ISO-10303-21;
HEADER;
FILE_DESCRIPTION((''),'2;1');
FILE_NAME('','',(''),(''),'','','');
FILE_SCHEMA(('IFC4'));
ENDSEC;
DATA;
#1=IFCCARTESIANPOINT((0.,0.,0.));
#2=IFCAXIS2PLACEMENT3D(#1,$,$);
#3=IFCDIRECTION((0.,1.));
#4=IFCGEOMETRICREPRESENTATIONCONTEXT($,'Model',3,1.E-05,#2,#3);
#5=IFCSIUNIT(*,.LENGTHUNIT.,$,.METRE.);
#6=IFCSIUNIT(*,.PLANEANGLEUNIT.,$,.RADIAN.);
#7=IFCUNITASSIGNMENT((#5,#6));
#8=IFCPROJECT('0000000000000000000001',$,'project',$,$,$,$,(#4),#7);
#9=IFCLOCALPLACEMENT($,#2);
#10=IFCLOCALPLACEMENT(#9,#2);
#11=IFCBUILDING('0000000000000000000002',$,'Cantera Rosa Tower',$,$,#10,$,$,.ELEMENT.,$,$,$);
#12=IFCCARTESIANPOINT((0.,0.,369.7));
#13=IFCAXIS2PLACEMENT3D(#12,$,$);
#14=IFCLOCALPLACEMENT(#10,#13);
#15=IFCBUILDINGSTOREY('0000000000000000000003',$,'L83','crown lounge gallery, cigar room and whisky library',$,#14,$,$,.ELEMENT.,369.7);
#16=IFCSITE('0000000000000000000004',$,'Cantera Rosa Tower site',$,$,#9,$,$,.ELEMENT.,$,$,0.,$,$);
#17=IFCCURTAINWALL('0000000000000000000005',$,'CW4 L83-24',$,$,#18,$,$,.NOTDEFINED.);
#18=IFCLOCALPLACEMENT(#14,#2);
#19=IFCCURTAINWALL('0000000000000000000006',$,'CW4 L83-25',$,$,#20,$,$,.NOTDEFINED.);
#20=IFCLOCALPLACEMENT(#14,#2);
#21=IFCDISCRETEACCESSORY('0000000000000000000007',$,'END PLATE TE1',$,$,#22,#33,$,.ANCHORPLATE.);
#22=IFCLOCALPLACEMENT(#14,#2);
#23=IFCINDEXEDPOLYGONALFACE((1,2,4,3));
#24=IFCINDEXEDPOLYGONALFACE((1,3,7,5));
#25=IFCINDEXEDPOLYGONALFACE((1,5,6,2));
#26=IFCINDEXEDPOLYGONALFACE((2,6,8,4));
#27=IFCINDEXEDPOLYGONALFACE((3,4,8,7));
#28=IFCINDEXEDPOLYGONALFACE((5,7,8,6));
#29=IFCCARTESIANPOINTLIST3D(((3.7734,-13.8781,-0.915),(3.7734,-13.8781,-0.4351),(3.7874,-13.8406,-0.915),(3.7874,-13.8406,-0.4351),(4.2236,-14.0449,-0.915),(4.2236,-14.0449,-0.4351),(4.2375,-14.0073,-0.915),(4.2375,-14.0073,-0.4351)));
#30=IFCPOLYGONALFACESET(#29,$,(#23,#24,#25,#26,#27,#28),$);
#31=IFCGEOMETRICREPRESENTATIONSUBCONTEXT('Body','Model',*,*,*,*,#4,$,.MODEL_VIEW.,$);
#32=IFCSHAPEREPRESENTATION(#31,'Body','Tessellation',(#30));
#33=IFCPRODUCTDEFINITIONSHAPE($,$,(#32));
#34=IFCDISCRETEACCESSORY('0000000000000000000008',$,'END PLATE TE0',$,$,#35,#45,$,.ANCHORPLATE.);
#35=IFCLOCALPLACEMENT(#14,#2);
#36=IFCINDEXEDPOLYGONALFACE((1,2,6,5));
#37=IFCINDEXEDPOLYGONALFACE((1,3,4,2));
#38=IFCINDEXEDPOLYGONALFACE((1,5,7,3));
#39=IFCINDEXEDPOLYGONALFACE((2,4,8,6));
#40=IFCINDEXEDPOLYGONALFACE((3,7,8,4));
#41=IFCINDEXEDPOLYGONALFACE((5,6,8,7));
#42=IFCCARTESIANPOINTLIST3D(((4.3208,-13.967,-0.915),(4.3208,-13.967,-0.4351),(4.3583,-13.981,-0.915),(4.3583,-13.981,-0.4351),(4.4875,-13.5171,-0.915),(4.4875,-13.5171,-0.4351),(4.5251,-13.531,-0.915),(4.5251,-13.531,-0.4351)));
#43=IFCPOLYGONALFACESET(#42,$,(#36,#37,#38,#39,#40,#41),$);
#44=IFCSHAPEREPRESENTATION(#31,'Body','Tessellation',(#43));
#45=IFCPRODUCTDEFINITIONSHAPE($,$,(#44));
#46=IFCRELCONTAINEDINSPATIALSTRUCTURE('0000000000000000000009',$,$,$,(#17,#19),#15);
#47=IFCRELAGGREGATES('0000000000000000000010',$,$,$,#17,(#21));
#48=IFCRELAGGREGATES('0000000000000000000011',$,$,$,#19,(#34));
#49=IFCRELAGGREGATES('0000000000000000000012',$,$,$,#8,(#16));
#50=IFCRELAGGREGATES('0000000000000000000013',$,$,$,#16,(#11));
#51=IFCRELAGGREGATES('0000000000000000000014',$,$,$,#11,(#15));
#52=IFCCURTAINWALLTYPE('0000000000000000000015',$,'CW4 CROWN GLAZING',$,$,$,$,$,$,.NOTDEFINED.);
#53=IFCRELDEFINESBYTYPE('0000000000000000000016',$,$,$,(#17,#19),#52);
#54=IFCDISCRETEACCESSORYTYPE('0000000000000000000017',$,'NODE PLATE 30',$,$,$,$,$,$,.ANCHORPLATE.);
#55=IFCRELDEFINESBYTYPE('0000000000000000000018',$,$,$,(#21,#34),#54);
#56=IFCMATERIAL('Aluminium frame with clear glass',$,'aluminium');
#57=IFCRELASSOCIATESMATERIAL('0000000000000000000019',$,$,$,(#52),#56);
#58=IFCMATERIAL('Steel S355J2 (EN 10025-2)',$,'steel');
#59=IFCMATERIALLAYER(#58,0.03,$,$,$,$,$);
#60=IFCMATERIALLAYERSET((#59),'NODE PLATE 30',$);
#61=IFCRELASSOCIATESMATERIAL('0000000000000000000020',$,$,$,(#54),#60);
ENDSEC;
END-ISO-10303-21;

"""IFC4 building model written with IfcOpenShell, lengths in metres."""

from ifc_helpers import new_model, si_unit, direction, frame, origin, place, context, subcontext, project, spatial, polyline, outline, extrude, material, layer, layer_set, type_object, element, aggregate, save


model = new_model("IFC4")

# Units and contexts
model_context = context("Model", 3, precision=1e-05, world=origin(), true_north=direction((0.0, 1.0)))
body_context = subcontext(model_context, "Body", "Model", "MODEL_VIEW")
ifc_project = project(units=[si_unit("LENGTHUNIT", "METRE"), si_unit("PLANEANGLEUNIT", "RADIAN")], contexts=[model_context])

# Site, building, storey
site_placement = place(None, origin())
site = spatial("IfcSite", under=ifc_project, at=site_placement, Name="Cantera Rosa Tower site", CompositionType="ELEMENT", RefElevation=0.0)
building_placement = place(site_placement, origin())
building = spatial("IfcBuilding", under=site, at=building_placement, Name="Cantera Rosa Tower", CompositionType="ELEMENT")
storey_placement = place(building_placement, frame((0.0, 0.0, 369.7)))
storey = spatial("IfcBuildingStorey", under=building, at=storey_placement, Name="L83", Description="crown lounge gallery, cigar room and whisky library", CompositionType="ELEMENT", Elevation=369.7)

# Curtain walls
ifc_material_1 = material(Name="Aluminium frame with clear glass", Category="aluminium")
curtain_wall_type = type_object("IfcCurtainWallType", Name="CW4 CROWN GLAZING", PredefinedType="NOTDEFINED", material=ifc_material_1)
curtain_wall_1_placement = place(storey_placement, origin())
curtain_wall_1 = element("IfcCurtainWall", 1, at=curtain_wall_1_placement, inside=storey, type_object=curtain_wall_type, Name="CW4 L83-24", PredefinedType="NOTDEFINED")
curtain_wall_2_placement = place(storey_placement, origin())
curtain_wall_2 = element("IfcCurtainWall", 2, at=curtain_wall_2_placement, inside=storey, type_object=curtain_wall_type, Name="CW4 L83-25", PredefinedType="NOTDEFINED")

# Shared definitions
ifc_material_2 = material(Name="Steel S355J2 (EN 10025-2)", Category="steel")
ifc_layer_1 = layer(ifc_material_2, 0.03)
ifc_layer_set_1 = layer_set([ifc_layer_1], Name="NODE PLATE 30")
discrete_accessory_type = type_object("IfcDiscreteAccessoryType", Name="NODE PLATE 30", PredefinedType="ANCHORPLATE", material=ifc_layer_set_1)

# Discrete accessories
discrete_accessory_1_placement = place(storey_placement, frame((3.7874, -13.8406, -0.4351), z_axis=(0.347331, 0.937743, 0.0), x_axis=(0.937743, -0.347331, 0.0)))
discrete_accessory_1 = element("IfcDiscreteAccessory", 3, at=discrete_accessory_1_placement, type_object=discrete_accessory_type, Name="END PLATE TE1", PredefinedType="ANCHORPLATE", context=body_context, shape_type="SweptSolid", body=[
    extrude(outline(polyline([(0.0, 0.0), (0.4801, 0.0), (0.4801, 0.48), (0.0, 0.48), (0.0, 0.0)])), origin(), (0.0, 0.0, -1.0), 0.04),
])
aggregate(curtain_wall_1, [discrete_accessory_1])
discrete_accessory_2_placement = place(storey_placement, frame((4.3208, -13.967, -0.4351), z_axis=(-0.937681, 0.347497, 0.0), x_axis=(0.347497, 0.937681, 0.0)))
discrete_accessory_2 = element("IfcDiscreteAccessory", 4, at=discrete_accessory_2_placement, type_object=discrete_accessory_type, Name="END PLATE TE0", PredefinedType="ANCHORPLATE", context=body_context, shape_type="SweptSolid", body=[
    extrude(outline(polyline([(0.0, 0.0), (0.4799, 0.0), (0.4799, 0.48), (0.0, 0.48), (0.0, 0.0)])), origin(), (0.0, 0.0, -1.0), 0.04),
])
aggregate(curtain_wall_2, [discrete_accessory_2])

save(model, "model.ifc")
